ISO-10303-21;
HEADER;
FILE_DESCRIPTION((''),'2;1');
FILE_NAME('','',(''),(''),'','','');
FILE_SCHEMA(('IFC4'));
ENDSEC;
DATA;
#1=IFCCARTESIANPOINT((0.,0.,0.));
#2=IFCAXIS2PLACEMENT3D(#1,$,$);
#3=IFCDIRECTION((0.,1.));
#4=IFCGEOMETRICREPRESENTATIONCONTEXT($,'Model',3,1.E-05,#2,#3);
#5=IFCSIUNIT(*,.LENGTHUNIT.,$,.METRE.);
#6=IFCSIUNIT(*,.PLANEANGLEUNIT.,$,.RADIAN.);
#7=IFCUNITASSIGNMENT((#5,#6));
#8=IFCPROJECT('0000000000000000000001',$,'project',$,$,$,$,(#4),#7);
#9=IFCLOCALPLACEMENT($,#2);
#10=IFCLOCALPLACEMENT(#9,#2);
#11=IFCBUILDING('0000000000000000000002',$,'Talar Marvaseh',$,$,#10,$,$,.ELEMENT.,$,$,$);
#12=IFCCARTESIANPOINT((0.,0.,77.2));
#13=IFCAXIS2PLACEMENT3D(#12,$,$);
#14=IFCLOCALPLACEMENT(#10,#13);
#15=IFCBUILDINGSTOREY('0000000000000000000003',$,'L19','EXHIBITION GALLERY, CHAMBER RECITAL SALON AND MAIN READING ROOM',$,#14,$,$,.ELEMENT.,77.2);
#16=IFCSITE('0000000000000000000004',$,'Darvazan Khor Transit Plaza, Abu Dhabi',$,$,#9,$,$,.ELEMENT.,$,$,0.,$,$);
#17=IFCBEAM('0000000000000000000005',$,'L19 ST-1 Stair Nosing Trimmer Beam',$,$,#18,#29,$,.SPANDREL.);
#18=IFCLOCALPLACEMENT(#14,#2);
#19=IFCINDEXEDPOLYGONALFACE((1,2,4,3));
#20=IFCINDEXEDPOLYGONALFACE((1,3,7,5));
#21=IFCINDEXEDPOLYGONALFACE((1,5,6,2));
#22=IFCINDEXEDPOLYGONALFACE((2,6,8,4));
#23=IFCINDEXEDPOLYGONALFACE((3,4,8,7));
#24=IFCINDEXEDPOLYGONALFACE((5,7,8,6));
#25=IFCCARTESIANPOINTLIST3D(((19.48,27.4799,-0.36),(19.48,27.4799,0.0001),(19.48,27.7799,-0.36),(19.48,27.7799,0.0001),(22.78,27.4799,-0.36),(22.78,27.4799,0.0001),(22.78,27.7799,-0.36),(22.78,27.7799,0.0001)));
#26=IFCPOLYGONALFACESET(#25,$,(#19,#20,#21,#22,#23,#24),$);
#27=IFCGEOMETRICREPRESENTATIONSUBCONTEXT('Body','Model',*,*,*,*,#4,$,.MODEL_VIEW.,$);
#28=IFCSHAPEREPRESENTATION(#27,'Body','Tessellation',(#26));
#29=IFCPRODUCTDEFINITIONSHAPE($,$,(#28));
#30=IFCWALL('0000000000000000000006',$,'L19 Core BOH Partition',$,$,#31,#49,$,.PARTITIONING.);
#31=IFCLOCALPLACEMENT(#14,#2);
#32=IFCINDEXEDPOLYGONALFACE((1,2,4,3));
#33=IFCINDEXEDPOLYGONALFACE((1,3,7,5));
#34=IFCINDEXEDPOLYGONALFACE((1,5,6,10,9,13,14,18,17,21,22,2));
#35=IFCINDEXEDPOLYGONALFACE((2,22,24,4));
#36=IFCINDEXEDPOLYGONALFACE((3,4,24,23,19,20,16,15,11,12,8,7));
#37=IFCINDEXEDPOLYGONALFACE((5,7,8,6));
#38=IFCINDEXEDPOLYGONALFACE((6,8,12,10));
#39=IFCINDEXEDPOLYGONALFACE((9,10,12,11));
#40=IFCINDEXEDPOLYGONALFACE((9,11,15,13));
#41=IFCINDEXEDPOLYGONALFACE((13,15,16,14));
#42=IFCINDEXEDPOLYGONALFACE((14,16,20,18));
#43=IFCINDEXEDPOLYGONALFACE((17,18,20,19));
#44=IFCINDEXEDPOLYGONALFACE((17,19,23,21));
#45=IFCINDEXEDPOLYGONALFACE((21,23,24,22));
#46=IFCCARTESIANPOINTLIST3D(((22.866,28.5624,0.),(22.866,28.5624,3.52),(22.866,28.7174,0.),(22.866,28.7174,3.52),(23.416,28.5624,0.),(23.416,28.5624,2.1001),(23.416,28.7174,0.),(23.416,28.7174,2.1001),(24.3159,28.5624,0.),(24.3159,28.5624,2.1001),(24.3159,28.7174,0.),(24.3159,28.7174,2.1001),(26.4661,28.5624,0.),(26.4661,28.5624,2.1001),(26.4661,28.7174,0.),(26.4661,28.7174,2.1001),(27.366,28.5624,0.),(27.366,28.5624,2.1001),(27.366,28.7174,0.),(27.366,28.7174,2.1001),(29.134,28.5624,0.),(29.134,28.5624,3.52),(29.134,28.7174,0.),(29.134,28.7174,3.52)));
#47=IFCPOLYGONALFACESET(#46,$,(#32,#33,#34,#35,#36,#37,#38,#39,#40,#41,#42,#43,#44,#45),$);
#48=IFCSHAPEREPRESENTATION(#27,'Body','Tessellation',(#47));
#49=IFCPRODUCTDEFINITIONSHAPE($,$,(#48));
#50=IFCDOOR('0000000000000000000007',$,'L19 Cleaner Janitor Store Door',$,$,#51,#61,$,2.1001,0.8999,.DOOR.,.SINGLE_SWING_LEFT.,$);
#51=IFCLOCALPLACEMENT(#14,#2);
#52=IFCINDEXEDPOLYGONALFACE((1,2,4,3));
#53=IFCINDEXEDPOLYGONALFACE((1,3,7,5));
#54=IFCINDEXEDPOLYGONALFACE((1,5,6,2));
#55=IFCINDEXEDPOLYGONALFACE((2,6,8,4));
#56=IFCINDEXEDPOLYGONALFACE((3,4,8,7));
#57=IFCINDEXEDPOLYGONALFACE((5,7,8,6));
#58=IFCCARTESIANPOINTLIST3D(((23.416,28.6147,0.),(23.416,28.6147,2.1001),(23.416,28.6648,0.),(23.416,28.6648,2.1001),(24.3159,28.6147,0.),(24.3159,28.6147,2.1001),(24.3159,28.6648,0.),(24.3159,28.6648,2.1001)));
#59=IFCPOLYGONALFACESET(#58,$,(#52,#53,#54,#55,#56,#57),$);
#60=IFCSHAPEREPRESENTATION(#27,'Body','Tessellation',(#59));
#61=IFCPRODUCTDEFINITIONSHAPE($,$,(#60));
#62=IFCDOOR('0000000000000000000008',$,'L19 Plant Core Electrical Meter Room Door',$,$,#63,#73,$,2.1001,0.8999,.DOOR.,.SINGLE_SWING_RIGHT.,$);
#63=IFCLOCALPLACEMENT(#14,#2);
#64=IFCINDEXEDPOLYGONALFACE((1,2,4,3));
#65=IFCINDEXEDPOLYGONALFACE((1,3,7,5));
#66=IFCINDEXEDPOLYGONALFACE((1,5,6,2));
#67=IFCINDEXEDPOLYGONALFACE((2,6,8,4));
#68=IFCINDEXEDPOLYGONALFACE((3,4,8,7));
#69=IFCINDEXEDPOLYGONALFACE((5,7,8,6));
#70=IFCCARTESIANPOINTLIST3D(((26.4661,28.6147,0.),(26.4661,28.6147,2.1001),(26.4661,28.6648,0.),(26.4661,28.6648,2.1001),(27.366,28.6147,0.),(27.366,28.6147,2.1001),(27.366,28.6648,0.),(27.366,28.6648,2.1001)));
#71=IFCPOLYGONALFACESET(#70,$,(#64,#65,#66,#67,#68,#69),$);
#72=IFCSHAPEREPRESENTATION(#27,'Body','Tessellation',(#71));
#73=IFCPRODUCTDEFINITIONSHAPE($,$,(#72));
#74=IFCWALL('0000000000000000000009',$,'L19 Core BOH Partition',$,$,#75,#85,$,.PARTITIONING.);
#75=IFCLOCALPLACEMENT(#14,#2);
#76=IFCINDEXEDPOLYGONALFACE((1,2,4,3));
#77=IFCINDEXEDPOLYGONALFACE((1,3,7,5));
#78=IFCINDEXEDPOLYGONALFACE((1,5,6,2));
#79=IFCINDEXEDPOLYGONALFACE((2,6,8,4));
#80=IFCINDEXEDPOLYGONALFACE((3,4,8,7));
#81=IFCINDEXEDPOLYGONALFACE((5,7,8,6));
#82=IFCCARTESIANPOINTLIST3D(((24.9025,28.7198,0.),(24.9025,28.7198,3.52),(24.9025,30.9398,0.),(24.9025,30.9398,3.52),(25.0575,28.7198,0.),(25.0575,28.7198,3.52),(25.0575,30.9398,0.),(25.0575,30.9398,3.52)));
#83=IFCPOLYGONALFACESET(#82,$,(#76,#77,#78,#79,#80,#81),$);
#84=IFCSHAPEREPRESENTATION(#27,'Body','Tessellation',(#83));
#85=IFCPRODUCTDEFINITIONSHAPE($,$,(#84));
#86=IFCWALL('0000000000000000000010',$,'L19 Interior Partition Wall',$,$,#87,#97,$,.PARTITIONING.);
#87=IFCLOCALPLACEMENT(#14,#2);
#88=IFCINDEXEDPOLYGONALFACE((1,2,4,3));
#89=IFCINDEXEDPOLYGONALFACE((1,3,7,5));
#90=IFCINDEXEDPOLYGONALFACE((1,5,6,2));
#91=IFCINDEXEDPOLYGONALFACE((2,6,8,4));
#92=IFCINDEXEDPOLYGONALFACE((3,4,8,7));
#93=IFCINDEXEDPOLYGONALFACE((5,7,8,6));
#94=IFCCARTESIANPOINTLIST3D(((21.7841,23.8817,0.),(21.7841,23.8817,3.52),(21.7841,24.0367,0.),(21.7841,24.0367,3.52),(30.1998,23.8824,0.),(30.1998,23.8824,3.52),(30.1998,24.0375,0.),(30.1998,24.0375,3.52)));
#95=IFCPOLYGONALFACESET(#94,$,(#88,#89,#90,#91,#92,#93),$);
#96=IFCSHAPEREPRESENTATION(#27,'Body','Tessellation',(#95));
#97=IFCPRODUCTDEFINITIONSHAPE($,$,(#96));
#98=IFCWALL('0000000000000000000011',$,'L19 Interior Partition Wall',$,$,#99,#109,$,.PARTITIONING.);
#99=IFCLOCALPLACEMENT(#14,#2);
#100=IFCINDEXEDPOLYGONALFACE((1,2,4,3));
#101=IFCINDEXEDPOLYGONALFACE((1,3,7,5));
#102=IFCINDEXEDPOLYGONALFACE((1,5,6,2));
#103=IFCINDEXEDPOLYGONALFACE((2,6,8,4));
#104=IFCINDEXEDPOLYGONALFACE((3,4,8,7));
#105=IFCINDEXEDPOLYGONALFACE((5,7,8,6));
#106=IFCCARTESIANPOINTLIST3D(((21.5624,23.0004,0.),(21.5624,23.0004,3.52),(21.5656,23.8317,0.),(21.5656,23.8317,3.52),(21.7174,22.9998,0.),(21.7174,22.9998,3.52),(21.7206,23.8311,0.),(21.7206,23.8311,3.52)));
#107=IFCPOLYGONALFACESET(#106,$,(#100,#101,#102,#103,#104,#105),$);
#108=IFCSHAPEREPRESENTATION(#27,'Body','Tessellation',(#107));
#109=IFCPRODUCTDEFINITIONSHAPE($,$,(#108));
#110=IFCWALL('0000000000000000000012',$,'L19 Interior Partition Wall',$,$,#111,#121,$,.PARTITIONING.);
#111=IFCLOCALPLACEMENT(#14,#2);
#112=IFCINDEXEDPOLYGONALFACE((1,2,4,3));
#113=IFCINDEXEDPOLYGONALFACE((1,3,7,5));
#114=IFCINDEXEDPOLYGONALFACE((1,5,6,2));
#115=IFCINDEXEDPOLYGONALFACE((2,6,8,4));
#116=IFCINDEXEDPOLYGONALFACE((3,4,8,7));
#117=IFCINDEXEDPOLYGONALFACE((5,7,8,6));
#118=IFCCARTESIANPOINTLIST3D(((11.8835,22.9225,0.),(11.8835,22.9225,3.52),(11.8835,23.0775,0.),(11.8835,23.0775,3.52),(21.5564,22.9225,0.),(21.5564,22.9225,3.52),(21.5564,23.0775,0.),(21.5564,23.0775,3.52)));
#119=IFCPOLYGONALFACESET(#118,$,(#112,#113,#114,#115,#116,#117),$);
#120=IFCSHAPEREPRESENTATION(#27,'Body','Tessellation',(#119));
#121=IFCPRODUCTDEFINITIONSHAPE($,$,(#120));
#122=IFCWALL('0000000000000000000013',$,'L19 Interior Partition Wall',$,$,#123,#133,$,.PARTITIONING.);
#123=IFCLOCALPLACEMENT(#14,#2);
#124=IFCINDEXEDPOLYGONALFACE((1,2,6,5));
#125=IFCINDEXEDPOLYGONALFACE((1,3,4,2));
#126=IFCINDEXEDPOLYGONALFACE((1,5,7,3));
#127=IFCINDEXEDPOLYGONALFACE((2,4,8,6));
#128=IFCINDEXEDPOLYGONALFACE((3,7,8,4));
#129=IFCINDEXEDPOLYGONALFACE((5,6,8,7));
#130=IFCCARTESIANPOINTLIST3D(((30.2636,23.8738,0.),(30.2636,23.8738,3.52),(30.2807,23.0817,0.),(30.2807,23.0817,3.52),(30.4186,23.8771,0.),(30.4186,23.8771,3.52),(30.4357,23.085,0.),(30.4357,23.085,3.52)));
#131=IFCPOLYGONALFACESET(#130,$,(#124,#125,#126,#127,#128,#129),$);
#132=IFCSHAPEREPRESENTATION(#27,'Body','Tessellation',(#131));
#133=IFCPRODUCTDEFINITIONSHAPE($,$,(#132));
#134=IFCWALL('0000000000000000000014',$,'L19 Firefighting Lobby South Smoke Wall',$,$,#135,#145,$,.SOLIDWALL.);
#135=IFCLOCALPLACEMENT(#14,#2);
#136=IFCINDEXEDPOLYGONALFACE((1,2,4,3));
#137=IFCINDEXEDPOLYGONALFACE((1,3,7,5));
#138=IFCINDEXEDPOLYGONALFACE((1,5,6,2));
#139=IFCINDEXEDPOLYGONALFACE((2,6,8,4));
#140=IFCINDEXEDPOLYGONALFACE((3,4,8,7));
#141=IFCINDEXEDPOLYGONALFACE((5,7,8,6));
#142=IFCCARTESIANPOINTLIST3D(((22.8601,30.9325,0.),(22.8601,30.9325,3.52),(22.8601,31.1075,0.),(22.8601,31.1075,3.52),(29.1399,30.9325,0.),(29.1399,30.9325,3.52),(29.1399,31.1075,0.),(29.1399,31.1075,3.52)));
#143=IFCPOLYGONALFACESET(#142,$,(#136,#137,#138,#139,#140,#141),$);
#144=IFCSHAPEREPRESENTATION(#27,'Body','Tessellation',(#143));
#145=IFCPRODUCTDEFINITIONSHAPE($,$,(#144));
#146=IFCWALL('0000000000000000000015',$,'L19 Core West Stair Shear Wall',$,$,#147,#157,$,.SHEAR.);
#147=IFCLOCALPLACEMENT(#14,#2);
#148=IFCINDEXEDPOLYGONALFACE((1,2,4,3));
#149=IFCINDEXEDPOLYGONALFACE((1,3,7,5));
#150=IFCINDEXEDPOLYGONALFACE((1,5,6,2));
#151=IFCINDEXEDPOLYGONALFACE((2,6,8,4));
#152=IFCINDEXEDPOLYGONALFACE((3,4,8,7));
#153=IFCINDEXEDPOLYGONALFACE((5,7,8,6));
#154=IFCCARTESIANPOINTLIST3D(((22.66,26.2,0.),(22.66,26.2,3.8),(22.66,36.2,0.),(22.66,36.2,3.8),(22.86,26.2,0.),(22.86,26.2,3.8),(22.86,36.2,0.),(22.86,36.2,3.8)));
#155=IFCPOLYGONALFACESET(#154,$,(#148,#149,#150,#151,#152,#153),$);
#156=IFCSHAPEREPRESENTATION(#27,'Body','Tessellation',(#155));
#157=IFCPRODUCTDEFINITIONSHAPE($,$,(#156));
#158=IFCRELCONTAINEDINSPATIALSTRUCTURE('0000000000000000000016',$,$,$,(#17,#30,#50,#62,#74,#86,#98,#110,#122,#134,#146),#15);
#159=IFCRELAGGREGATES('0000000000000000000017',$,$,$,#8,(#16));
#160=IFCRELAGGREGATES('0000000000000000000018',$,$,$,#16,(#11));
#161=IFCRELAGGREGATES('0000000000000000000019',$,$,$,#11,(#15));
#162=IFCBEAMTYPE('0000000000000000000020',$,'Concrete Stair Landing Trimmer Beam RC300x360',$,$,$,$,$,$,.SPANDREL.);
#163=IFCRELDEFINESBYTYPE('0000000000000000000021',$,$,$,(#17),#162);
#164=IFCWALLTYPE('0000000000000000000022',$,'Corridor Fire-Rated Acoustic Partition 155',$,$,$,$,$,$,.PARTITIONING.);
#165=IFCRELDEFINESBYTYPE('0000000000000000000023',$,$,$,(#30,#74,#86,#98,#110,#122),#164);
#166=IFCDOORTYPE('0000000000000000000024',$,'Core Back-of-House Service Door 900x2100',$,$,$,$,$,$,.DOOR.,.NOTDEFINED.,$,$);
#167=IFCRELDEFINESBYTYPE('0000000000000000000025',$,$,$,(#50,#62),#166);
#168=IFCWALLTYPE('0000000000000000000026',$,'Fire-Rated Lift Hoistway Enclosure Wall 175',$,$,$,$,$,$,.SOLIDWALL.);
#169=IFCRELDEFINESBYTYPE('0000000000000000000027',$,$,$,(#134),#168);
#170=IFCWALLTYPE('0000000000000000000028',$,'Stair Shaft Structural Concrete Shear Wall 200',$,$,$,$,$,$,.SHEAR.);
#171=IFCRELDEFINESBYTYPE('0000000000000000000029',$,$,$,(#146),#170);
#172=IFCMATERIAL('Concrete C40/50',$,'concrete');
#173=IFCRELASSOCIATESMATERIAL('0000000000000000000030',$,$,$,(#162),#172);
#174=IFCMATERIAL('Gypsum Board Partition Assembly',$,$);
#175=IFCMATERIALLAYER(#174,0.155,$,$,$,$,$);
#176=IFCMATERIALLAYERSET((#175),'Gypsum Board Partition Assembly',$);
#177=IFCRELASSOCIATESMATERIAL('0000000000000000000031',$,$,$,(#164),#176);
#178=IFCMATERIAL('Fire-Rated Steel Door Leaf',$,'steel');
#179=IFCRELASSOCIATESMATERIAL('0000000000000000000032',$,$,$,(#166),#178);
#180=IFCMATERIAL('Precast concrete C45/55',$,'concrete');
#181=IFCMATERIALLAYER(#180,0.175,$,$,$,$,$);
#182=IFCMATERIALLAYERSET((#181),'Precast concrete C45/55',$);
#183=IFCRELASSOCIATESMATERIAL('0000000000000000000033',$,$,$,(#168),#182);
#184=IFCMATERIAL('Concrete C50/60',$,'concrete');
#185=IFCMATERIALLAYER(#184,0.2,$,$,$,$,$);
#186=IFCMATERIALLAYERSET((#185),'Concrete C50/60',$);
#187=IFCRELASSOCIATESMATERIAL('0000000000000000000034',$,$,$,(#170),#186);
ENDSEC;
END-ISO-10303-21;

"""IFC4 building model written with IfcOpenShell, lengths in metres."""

from ifc_helpers import new_model, si_unit, direction, frame, frame_2d, origin, origin_2d, place, context, subcontext, project, spatial, rectangle, extrude, source, transform, mapped, material, layer, layer_set, material_profile, profile_set, type_object, type_shapes, element, fill, save


model = new_model("IFC4")

# Units and contexts
model_context = context("Model", 3, precision=1e-05, world=origin(), true_north=direction((0.0, 1.0)))
body_context = subcontext(model_context, "Body", "Model", "MODEL_VIEW")
ifc_project = project(units=[si_unit("LENGTHUNIT", "METRE"), si_unit("PLANEANGLEUNIT", "RADIAN")], contexts=[model_context])

# Site, building, storey
site_placement = place(None, origin())
site = spatial("IfcSite", under=ifc_project, at=site_placement, Name="Darvazan Khor Transit Plaza, Abu Dhabi", CompositionType="ELEMENT", RefElevation=0.0)
building_placement = place(site_placement, origin())
building = spatial("IfcBuilding", under=site, at=building_placement, Name="Talar Marvaseh", CompositionType="ELEMENT")
storey_placement = place(building_placement, frame((0.0, 0.0, 77.2)))
storey = spatial("IfcBuildingStorey", under=building, at=storey_placement, Name="L19", Description="EXHIBITION GALLERY, CHAMBER RECITAL SALON AND MAIN READING ROOM", CompositionType="ELEMENT", Elevation=77.2)

# Beam
ifc_material_1 = material(Name="Concrete C40/50", Category="concrete")
ifc_material_profile = material_profile(ifc_material_1, rectangle(XDim=0.3, YDim=0.3601, at=origin_2d()), Name="RC300x360")
ifc_profile_set = profile_set([ifc_material_profile], Name="Concrete C40/50")
beam_type = type_object("IfcBeamType", Name="Concrete Stair Landing Trimmer Beam RC300x360", PredefinedType="SPANDREL", material=ifc_profile_set)
beam_placement = place(storey_placement, frame((22.78, 27.6299, -0.1799), z_axis=(-1.0, 0.0, 0.0), x_axis=(0.0, -1.0, 0.0)))
element("IfcBeam", 1, at=beam_placement, inside=storey, type_object=beam_type, Name="L19 ST-1 Stair Nosing Trimmer Beam", PredefinedType="SPANDREL", context=body_context, shape_type="SweptSolid", body=[
    extrude(rectangle(XDim=0.3, YDim=0.3601, at=origin_2d()), origin(), (0.0, 0.0, 1.0), 3.3),
])

# Wall, openings, doors
ifc_material_2 = material(Name="Gypsum Board Partition Assembly")
ifc_layer_1 = layer(ifc_material_2, 0.155)
ifc_layer_set_1 = layer_set([ifc_layer_1], Name="Gypsum Board Partition Assembly")
wall_type_1 = type_object("IfcWallType", Name="Corridor Fire-Rated Acoustic Partition 155", PredefinedType="PARTITIONING", material=ifc_layer_set_1)
wall_1_placement = place(storey_placement, frame((22.866, 28.6399, 0.0), z_axis=(0.0, 0.0, 1.0), x_axis=(1.0, 0.0, 0.0)))
wall_1 = element("IfcWall", 2, at=wall_1_placement, inside=storey, type_object=wall_type_1, Name="L19 Core BOH Partition", PredefinedType="PARTITIONING", context=body_context, shape_type="SweptSolid", body=[
    extrude(rectangle(XDim=6.2681, YDim=0.155, at=frame_2d((3.134, 0.0))), origin(), (0.0, 0.0, 1.0), 3.52),
])
opening_1_placement = place(wall_1_placement, frame((0.55, 0.0, 0.0)))
opening_1 = element("IfcOpeningElement", 3, at=opening_1_placement, cuts=wall_1, PredefinedType="OPENING", context=body_context, shape_type="SweptSolid", body=[
    extrude(rectangle(XDim=0.8999, YDim=2.1001, at=frame_2d((0.45, 1.05))), frame((0.0, 0.0874, 0.0), z_axis=(0.0, -1.0, 0.0), x_axis=(1.0, 0.0, 0.0)), (0.0, 0.0, 1.0), 0.175),
])
opening_2_placement = place(wall_1_placement, frame((3.6001, 0.0, 0.0)))
opening_2 = element("IfcOpeningElement", 4, at=opening_2_placement, cuts=wall_1, PredefinedType="OPENING", context=body_context, shape_type="SweptSolid", body=[
    extrude(rectangle(XDim=0.8999, YDim=2.1001, at=frame_2d((0.45, 1.05))), frame((0.0, 0.0874, 0.0), z_axis=(0.0, -1.0, 0.0), x_axis=(1.0, 0.0, 0.0)), (0.0, 0.0, 1.0), 0.175),
])
ifc_material_3 = material(Name="Fire-Rated Steel Door Leaf", Category="steel")
door_type_1 = type_object("IfcDoorType", Name="Core Back-of-House Service Door 900x2100", OperationType="NOTDEFINED", PredefinedType="DOOR", material=ifc_material_3)
shared_shape_1 = source(origin(), body_context, "Body", "SweptSolid", [
    extrude(rectangle(XDim=0.8999, YDim=2.1001, at=frame_2d((0.45, 1.05))), frame((0.0, 0.0249, 0.0), z_axis=(0.0, -1.0, 0.0), x_axis=(1.0, 0.0, 0.0)), (0.0, 0.0, 1.0), 0.05),
])
type_shapes(door_type_1, [shared_shape_1])
door_1_placement = place(opening_1_placement, origin())
door_1 = element("IfcDoor", 5, at=door_1_placement, inside=storey, type_object=door_type_1, Name="L19 Cleaner Janitor Store Door", OperationType="SINGLE_SWING_LEFT", OverallHeight=2.1001, OverallWidth=0.8999, PredefinedType="DOOR", context=body_context, shape_type="MappedRepresentation", body=[
    mapped(shared_shape_1, transform((0.0, 0.0, 0.0), x_axis=(1.0, 0.0, 0.0), y_axis=(0.0, 1.0, 0.0), z_axis=(0.0, 0.0, 1.0), scale=1.0)),
])
fill(opening_1, door_1)
door_2_placement = place(opening_2_placement, origin())
door_2 = element("IfcDoor", 6, at=door_2_placement, inside=storey, type_object=door_type_1, Name="L19 Plant Core Electrical Meter Room Door", OperationType="SINGLE_SWING_RIGHT", OverallHeight=2.1001, OverallWidth=0.8999, PredefinedType="DOOR", context=body_context, shape_type="MappedRepresentation", body=[
    mapped(shared_shape_1, transform((0.0, 0.0, 0.0), x_axis=(1.0, 0.0, 0.0), y_axis=(0.0, 1.0, 0.0), z_axis=(0.0, 0.0, 1.0), scale=1.0)),
])
fill(opening_2, door_2)

# Walls
wall_2_placement = place(storey_placement, frame((24.98, 28.72, 0.0), z_axis=(0.0, 0.0, 1.0), x_axis=(0.0, 1.0, 0.0)))
element("IfcWall", 7, at=wall_2_placement, inside=storey, type_object=wall_type_1, Name="L19 Core BOH Partition", PredefinedType="PARTITIONING", context=body_context, shape_type="SweptSolid", body=[
    extrude(rectangle(XDim=2.22, YDim=0.155, at=frame_2d((1.1099, 0.0))), origin(), (0.0, 0.0, 1.0), 3.52),
])
wall_3_placement = place(storey_placement, frame((30.2, 23.96, 0.0), z_axis=(0.0, 0.0, 1.0), x_axis=(-1.0, -0.000087, 0.0)))
element("IfcWall", 8, at=wall_3_placement, inside=storey, type_object=wall_type_1, Name="L19 Interior Partition Wall", PredefinedType="PARTITIONING", context=body_context, shape_type="SweptSolid", body=[
    extrude(rectangle(XDim=8.4158, YDim=0.155, at=frame_2d((4.208, 0.0))), origin(), (0.0, 0.0, 1.0), 3.52),
])
wall_4_placement = place(storey_placement, frame((21.6431, 23.8313, 0.0), z_axis=(0.0, 0.0, 1.0), x_axis=(-0.003818, -0.999993, 0.0)))
element("IfcWall", 9, at=wall_4_placement, inside=storey, type_object=wall_type_1, Name="L19 Interior Partition Wall", PredefinedType="PARTITIONING", context=body_context, shape_type="SweptSolid", body=[
    extrude(rectangle(XDim=0.8313, YDim=0.155, at=frame_2d((0.4155, 0.0))), origin(), (0.0, 0.0, 1.0), 3.52),
])
wall_5_placement = place(storey_placement, frame((21.5564, 23.0, 0.0), z_axis=(0.0, 0.0, 1.0), x_axis=(-1.0, 0.0, 0.0)))
element("IfcWall", 10, at=wall_5_placement, inside=storey, type_object=wall_type_1, Name="L19 Interior Partition Wall", PredefinedType="PARTITIONING", context=body_context, shape_type="SweptSolid", body=[
    extrude(rectangle(XDim=9.6729, YDim=0.155, at=frame_2d((4.8364, 0.0))), origin(), (0.0, 0.0, 1.0), 3.52),
])
wall_6_placement = place(storey_placement, frame((30.3582, 23.0835, 0.0), z_axis=(0.0, 0.0, 1.0), x_axis=(-0.021573, 0.999767, 0.0)))
element("IfcWall", 11, at=wall_6_placement, inside=storey, type_object=wall_type_1, Name="L19 Interior Partition Wall", PredefinedType="PARTITIONING", context=body_context, shape_type="SweptSolid", body=[
    extrude(rectangle(XDim=0.7922, YDim=0.155, at=frame_2d((0.396, 0.0))), origin(), (0.0, 0.0, 1.0), 3.52),
])
ifc_material_4 = material(Name="Precast concrete C45/55", Category="concrete")
ifc_layer_2 = layer(ifc_material_4, 0.175)
ifc_layer_set_2 = layer_set([ifc_layer_2], Name="Precast concrete C45/55")
wall_type_2 = type_object("IfcWallType", Name="Fire-Rated Lift Hoistway Enclosure Wall 175", PredefinedType="SOLIDWALL", material=ifc_layer_set_2)
wall_7_placement = place(storey_placement, frame((22.8601, 31.02, 0.0), z_axis=(0.0, 0.0, 1.0), x_axis=(1.0, 0.0, 0.0)))
element("IfcWall", 12, at=wall_7_placement, inside=storey, type_object=wall_type_2, Name="L19 Firefighting Lobby South Smoke Wall", PredefinedType="SOLIDWALL", context=body_context, shape_type="SweptSolid", body=[
    extrude(rectangle(XDim=6.2798, YDim=0.175, at=frame_2d((3.1399, 0.0))), origin(), (0.0, 0.0, 1.0), 3.52),
])
ifc_material_5 = material(Name="Concrete C50/60", Category="concrete")
ifc_layer_3 = layer(ifc_material_5, 0.2)
ifc_layer_set_3 = layer_set([ifc_layer_3], Name="Concrete C50/60")
wall_type_3 = type_object("IfcWallType", Name="Stair Shaft Structural Concrete Shear Wall 200", PredefinedType="SHEAR", material=ifc_layer_set_3)
wall_8_placement = place(storey_placement, frame((22.76, 26.2, 0.0), z_axis=(0.0, 0.0, 1.0), x_axis=(0.0, 1.0, 0.0)))
element("IfcWall", 13, at=wall_8_placement, inside=storey, type_object=wall_type_3, Name="L19 Core West Stair Shear Wall", PredefinedType="SHEAR", context=body_context, shape_type="SweptSolid", body=[
    extrude(rectangle(XDim=10.0, YDim=0.2, at=frame_2d((5.0, 0.0))), origin(), (0.0, 0.0, 1.0), 3.8),
])

save(model, "model.ifc")
